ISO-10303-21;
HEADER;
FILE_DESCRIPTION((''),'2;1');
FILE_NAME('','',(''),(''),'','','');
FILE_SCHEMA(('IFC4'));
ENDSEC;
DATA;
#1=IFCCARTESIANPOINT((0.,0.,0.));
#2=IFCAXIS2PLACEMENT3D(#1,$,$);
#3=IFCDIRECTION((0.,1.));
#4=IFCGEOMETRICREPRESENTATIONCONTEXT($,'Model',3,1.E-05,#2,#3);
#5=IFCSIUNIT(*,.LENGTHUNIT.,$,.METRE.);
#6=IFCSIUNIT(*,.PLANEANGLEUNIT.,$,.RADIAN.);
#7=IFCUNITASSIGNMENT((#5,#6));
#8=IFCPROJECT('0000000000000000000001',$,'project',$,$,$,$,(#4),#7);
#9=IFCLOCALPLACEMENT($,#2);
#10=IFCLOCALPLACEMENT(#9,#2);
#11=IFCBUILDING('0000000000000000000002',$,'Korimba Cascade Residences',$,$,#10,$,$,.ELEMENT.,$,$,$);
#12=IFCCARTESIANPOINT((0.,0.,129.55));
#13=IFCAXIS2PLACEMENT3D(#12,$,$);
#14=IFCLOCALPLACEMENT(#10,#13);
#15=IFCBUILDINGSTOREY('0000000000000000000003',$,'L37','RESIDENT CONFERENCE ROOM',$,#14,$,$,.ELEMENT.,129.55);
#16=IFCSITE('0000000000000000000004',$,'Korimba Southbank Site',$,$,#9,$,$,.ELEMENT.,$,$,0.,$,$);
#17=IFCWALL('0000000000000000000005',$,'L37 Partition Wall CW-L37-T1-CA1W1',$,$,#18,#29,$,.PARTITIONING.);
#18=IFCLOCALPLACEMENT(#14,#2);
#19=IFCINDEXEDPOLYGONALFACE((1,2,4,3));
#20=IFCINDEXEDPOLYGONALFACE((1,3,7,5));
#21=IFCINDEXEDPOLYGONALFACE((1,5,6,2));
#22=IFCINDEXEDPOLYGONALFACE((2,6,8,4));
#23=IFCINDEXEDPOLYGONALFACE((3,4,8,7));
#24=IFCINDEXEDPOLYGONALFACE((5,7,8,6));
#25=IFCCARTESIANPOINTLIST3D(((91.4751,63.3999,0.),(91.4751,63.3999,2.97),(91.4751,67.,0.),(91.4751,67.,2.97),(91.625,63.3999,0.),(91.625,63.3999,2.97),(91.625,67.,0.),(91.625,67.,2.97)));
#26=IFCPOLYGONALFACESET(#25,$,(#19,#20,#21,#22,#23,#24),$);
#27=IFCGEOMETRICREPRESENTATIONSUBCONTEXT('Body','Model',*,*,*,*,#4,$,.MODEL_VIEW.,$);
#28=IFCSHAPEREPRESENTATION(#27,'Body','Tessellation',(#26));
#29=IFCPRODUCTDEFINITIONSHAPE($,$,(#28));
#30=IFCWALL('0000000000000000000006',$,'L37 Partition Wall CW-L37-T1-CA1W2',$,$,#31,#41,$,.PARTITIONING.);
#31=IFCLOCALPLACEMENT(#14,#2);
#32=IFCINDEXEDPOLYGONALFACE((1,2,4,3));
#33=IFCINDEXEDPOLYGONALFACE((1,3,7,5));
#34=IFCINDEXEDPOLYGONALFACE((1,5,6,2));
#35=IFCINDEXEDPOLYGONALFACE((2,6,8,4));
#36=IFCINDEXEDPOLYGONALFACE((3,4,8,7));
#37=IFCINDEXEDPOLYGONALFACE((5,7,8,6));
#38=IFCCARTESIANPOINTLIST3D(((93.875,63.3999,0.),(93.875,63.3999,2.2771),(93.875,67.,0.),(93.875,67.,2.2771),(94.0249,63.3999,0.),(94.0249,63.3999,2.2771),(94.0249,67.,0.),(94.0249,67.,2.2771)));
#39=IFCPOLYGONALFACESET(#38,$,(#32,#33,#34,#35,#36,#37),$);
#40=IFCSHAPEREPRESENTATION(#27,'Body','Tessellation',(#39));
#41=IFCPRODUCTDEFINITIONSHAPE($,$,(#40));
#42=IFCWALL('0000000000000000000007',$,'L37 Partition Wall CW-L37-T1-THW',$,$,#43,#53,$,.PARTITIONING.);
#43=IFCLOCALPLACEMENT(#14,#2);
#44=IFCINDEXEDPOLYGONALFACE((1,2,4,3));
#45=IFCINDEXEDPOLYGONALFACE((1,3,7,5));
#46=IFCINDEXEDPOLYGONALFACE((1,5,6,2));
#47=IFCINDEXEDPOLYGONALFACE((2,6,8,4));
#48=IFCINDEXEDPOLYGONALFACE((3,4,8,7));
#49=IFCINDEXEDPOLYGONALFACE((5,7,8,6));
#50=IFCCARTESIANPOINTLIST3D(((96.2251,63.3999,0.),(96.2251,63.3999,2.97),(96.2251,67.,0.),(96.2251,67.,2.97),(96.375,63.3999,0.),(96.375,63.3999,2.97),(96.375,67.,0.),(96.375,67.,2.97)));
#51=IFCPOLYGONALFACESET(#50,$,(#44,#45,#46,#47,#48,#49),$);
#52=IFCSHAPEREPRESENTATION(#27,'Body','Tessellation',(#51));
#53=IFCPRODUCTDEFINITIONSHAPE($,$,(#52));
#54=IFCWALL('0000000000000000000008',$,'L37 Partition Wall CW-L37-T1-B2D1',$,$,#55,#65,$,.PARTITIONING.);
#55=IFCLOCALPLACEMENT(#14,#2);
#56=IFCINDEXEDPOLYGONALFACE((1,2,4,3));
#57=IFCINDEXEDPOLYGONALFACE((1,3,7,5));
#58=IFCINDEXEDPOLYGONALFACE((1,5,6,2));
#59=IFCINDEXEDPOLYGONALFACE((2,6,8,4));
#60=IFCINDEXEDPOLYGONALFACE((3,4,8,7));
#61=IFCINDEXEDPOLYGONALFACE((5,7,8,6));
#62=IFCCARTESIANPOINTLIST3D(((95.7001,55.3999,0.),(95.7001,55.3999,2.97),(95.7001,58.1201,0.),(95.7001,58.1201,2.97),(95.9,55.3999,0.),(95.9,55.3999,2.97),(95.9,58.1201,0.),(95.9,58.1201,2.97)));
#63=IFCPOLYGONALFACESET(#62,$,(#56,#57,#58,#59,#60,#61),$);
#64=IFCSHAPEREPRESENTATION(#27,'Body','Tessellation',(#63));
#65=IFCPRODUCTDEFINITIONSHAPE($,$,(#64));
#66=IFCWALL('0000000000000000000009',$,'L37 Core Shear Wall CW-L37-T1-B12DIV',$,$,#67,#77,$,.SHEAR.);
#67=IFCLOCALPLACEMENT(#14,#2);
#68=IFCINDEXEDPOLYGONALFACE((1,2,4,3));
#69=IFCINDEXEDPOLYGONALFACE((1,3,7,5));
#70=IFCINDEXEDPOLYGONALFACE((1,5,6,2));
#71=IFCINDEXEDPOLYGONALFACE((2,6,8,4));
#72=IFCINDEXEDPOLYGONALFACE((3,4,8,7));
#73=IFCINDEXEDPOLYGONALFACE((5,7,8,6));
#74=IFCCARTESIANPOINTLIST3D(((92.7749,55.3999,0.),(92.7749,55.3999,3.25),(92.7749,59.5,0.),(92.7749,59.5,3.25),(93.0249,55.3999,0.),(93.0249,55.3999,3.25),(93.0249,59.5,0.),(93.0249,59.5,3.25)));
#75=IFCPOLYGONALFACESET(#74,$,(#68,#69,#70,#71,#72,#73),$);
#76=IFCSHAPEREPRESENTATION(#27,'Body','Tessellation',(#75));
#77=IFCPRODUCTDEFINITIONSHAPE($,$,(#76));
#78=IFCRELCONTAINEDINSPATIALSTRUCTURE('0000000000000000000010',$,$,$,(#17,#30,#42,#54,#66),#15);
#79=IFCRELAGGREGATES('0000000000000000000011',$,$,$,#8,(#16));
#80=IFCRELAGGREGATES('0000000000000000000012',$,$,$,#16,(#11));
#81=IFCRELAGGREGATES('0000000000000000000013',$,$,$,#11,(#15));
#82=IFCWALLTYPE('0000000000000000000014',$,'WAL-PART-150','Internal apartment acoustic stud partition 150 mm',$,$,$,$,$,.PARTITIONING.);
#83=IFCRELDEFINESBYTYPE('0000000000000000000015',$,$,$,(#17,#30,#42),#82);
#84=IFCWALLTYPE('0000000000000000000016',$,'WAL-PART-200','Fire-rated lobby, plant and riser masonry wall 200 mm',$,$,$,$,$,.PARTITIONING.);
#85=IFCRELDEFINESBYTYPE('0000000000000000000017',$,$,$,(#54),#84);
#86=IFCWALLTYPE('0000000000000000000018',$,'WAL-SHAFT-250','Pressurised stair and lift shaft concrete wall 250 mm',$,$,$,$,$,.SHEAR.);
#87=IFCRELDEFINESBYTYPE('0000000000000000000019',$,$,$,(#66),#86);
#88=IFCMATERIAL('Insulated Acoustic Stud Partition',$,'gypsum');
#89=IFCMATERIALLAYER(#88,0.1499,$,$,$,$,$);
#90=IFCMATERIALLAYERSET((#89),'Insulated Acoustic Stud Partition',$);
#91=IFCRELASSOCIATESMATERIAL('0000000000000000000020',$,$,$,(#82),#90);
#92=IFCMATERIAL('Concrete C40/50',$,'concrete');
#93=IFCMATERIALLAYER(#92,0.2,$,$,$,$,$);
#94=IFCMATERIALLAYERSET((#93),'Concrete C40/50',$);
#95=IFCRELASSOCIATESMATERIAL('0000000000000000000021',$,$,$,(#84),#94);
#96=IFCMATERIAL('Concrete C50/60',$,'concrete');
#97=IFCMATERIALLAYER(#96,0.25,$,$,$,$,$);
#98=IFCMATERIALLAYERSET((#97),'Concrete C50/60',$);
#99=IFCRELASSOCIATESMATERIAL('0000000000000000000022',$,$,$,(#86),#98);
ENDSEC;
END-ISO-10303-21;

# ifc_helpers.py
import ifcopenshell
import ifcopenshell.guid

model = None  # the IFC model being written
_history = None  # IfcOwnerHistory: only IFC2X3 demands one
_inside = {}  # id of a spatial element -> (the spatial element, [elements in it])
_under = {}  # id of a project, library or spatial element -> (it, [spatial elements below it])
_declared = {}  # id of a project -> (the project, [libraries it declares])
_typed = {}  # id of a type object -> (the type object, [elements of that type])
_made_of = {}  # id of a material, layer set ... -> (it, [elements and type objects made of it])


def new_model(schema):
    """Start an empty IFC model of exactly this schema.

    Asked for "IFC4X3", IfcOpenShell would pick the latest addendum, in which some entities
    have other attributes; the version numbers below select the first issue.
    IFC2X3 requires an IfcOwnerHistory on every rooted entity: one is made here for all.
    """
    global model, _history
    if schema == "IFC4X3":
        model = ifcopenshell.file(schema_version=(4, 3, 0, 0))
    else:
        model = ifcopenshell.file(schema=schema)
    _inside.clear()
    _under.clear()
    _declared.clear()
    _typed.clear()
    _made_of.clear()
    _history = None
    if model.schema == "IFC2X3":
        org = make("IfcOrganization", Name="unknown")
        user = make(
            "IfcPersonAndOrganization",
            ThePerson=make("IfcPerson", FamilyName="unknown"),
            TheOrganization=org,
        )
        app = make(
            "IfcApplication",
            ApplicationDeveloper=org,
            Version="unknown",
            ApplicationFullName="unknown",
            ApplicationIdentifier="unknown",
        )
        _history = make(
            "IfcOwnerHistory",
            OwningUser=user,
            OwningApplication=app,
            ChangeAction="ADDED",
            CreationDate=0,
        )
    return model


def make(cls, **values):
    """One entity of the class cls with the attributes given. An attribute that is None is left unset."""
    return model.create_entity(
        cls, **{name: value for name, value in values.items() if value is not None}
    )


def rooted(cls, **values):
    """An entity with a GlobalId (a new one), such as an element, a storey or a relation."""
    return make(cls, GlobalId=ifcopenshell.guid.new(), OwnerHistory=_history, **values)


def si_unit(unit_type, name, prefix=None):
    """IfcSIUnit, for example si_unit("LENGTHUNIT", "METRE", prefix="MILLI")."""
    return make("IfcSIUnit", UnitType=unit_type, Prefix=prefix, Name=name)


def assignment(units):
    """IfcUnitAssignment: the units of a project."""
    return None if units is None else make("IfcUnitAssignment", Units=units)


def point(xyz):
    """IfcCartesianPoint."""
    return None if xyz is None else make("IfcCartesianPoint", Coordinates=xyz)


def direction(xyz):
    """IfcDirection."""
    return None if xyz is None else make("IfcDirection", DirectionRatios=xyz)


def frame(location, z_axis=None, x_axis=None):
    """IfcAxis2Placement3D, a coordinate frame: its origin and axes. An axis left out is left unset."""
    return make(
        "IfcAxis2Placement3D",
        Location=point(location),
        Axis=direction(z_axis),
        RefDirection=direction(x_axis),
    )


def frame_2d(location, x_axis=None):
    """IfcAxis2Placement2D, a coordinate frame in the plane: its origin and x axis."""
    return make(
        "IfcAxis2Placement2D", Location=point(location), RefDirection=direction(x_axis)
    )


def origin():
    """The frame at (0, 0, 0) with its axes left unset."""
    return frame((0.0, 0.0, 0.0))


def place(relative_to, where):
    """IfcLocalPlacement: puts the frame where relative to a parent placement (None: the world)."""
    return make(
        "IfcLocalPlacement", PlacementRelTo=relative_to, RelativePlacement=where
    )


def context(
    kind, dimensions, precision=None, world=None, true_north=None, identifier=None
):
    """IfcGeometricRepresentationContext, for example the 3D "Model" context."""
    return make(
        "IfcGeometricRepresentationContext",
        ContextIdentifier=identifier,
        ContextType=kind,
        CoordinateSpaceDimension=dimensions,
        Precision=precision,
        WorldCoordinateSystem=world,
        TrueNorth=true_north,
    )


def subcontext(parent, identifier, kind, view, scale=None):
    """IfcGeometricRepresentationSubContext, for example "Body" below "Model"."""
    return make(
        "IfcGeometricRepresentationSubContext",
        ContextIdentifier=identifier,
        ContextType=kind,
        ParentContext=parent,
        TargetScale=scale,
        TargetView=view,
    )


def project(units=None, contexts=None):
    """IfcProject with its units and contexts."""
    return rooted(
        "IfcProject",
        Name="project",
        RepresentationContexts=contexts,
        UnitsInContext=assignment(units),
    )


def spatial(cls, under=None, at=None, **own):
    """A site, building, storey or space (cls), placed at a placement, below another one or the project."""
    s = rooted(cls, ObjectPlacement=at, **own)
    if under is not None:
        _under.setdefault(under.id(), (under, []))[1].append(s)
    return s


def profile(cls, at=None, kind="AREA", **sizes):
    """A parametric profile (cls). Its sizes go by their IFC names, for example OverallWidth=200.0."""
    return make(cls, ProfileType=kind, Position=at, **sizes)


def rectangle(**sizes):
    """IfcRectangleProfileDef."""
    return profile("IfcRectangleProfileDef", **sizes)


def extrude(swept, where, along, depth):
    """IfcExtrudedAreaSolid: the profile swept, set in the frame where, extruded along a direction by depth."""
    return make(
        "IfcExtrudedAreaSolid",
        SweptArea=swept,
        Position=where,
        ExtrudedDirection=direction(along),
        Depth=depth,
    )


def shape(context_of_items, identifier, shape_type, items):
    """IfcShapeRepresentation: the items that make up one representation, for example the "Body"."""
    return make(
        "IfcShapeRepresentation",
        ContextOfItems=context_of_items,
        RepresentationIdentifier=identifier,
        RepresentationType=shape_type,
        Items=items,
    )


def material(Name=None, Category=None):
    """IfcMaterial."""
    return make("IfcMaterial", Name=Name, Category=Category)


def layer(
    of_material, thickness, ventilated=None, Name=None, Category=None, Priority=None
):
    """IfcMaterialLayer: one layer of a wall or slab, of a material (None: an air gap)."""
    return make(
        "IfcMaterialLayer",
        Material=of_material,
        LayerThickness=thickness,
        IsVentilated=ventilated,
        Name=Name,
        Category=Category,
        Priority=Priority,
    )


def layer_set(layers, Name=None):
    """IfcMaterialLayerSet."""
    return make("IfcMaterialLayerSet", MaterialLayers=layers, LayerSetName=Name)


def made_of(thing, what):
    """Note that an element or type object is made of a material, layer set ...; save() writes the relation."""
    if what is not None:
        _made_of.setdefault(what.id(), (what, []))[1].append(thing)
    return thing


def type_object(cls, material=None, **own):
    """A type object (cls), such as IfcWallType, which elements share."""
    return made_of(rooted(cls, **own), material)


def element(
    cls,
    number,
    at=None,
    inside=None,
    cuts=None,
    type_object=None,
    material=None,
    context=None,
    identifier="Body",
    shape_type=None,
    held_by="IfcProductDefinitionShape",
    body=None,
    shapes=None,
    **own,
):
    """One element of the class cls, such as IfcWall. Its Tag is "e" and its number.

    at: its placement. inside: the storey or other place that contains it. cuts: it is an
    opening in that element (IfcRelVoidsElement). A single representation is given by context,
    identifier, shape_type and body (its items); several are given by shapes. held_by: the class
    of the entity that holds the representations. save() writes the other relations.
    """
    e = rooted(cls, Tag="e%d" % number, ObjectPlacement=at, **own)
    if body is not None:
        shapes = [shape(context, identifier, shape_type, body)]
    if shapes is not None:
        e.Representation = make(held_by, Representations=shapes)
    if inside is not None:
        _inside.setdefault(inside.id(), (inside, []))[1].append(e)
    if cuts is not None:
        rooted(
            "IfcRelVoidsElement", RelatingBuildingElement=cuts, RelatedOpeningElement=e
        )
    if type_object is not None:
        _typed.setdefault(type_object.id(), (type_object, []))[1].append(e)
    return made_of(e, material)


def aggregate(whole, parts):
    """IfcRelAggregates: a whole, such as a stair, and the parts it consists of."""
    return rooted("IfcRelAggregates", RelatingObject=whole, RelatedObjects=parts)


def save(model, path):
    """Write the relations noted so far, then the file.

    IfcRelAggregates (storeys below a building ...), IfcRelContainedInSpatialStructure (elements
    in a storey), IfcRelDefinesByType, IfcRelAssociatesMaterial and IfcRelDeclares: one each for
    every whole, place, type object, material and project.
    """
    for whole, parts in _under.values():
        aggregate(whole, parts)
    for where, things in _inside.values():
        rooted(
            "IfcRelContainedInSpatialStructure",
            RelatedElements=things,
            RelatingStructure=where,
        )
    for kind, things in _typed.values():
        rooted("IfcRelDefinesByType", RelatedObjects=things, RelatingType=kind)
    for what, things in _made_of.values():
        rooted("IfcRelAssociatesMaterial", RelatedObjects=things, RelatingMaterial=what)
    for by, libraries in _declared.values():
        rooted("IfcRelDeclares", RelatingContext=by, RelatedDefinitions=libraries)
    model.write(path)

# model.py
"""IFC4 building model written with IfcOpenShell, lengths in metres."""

from ifc_helpers import new_model, si_unit, direction, frame, frame_2d, origin, place, context, subcontext, project, spatial, rectangle, extrude, material, layer, layer_set, type_object, element, save


model = new_model("IFC4")

# Units and contexts
model_context = context("Model", 3, precision=1e-05, world=origin(), true_north=direction((0.0, 1.0)))
body_context = subcontext(model_context, "Body", "Model", "MODEL_VIEW")
ifc_project = project(units=[si_unit("LENGTHUNIT", "METRE"), si_unit("PLANEANGLEUNIT", "RADIAN")], contexts=[model_context])

# Site, building, storey
site_placement = place(None, origin())
site = spatial("IfcSite", under=ifc_project, at=site_placement, Name="Korimba Southbank Site", CompositionType="ELEMENT", RefElevation=0.0)
building_placement = place(site_placement, origin())
building = spatial("IfcBuilding", under=site, at=building_placement, Name="Korimba Cascade Residences", CompositionType="ELEMENT")
storey_placement = place(building_placement, frame((0.0, 0.0, 129.55)))
storey = spatial("IfcBuildingStorey", under=building, at=storey_placement, Name="L37", Description="RESIDENT CONFERENCE ROOM", CompositionType="ELEMENT", Elevation=129.55)

# Walls
ifc_material_1 = material(Name="Insulated Acoustic Stud Partition", Category="gypsum")
ifc_layer_1 = layer(ifc_material_1, 0.1499)
ifc_layer_set_1 = layer_set([ifc_layer_1], Name="Insulated Acoustic Stud Partition")
wall_type_1 = type_object("IfcWallType", Name="WAL-PART-150", Description="Internal apartment acoustic stud partition 150 mm", PredefinedType="PARTITIONING", material=ifc_layer_set_1)
for number, where, z_axis, x_axis, name in (
    (1, (91.55, 63.3999, 0.0), (0.0, 0.0, 1.0), (0.0, 1.0, 0.0), "L37 Partition Wall CW-L37-T1-CA1W1"),
):
    element("IfcWall", number, at=place(storey_placement, frame(where, z_axis=z_axis, x_axis=x_axis)), inside=storey, type_object=wall_type_1, Name=name, PredefinedType="PARTITIONING", context=body_context, shape_type="SweptSolid", body=[
        extrude(rectangle(XDim=3.6001, YDim=0.1499, at=frame_2d((1.8, 0.0))), origin(), (0.0, 0.0, 1.0), 2.97),
    ])
wall_1_placement = place(storey_placement, frame((93.95, 63.3999, 0.0), z_axis=(0.0, 0.0, 1.0), x_axis=(0.0, 1.0, 0.0)))
element("IfcWall", 2, at=wall_1_placement, inside=storey, type_object=wall_type_1, Name="L37 Partition Wall CW-L37-T1-CA1W2", PredefinedType="PARTITIONING", context=body_context, shape_type="SweptSolid", body=[
    extrude(rectangle(XDim=3.6001, YDim=0.1499, at=frame_2d((1.8, 0.0))), origin(), (0.0, 0.0, 1.0), 2.2771),
])
wall_2_placement = place(storey_placement, frame((96.3, 63.3999, 0.0), z_axis=(0.0, 0.0, 1.0), x_axis=(0.0, 1.0, 0.0)))
element("IfcWall", 3, at=wall_2_placement, inside=storey, type_object=wall_type_1, Name="L37 Partition Wall CW-L37-T1-THW", PredefinedType="PARTITIONING", context=body_context, shape_type="SweptSolid", body=[
    extrude(rectangle(XDim=3.6001, YDim=0.1499, at=frame_2d((1.8, 0.0))), origin(), (0.0, 0.0, 1.0), 2.97),
])
ifc_material_2 = material(Name="Concrete C40/50", Category="concrete")
ifc_layer_2 = layer(ifc_material_2, 0.2)
ifc_layer_set_2 = layer_set([ifc_layer_2], Name="Concrete C40/50")
wall_type_2 = type_object("IfcWallType", Name="WAL-PART-200", Description="Fire-rated lobby, plant and riser masonry wall 200 mm", PredefinedType="PARTITIONING", material=ifc_layer_set_2)
wall_3_placement = place(storey_placement, frame((95.8, 55.3999, 0.0), z_axis=(0.0, 0.0, 1.0), x_axis=(0.0, 1.0, 0.0)))
element("IfcWall", 4, at=wall_3_placement, inside=storey, type_object=wall_type_2, Name="L37 Partition Wall CW-L37-T1-B2D1", PredefinedType="PARTITIONING", context=body_context, shape_type="SweptSolid", body=[
    extrude(rectangle(XDim=2.7202, YDim=0.2, at=frame_2d((1.3601, 0.0))), origin(), (0.0, 0.0, 1.0), 2.97),
])
ifc_material_3 = material(Name="Concrete C50/60", Category="concrete")
ifc_layer_3 = layer(ifc_material_3, 0.25)
ifc_layer_set_3 = layer_set([ifc_layer_3], Name="Concrete C50/60")
wall_type_3 = type_object("IfcWallType", Name="WAL-SHAFT-250", Description="Pressurised stair and lift shaft concrete wall 250 mm", PredefinedType="SHEAR", material=ifc_layer_set_3)
wall_4_placement = place(storey_placement, frame((92.8999, 55.3999, 0.0), z_axis=(0.0, 0.0, 1.0), x_axis=(0.0, 1.0, 0.0)))
element("IfcWall", 5, at=wall_4_placement, inside=storey, type_object=wall_type_3, Name="L37 Core Shear Wall CW-L37-T1-B12DIV", PredefinedType="SHEAR", context=body_context, shape_type="SweptSolid", body=[
    extrude(rectangle(XDim=4.1001, YDim=0.25, at=frame_2d((2.05, 0.0))), origin(), (0.0, 0.0, 1.0), 3.25),
])

save(model, "model.ifc")
